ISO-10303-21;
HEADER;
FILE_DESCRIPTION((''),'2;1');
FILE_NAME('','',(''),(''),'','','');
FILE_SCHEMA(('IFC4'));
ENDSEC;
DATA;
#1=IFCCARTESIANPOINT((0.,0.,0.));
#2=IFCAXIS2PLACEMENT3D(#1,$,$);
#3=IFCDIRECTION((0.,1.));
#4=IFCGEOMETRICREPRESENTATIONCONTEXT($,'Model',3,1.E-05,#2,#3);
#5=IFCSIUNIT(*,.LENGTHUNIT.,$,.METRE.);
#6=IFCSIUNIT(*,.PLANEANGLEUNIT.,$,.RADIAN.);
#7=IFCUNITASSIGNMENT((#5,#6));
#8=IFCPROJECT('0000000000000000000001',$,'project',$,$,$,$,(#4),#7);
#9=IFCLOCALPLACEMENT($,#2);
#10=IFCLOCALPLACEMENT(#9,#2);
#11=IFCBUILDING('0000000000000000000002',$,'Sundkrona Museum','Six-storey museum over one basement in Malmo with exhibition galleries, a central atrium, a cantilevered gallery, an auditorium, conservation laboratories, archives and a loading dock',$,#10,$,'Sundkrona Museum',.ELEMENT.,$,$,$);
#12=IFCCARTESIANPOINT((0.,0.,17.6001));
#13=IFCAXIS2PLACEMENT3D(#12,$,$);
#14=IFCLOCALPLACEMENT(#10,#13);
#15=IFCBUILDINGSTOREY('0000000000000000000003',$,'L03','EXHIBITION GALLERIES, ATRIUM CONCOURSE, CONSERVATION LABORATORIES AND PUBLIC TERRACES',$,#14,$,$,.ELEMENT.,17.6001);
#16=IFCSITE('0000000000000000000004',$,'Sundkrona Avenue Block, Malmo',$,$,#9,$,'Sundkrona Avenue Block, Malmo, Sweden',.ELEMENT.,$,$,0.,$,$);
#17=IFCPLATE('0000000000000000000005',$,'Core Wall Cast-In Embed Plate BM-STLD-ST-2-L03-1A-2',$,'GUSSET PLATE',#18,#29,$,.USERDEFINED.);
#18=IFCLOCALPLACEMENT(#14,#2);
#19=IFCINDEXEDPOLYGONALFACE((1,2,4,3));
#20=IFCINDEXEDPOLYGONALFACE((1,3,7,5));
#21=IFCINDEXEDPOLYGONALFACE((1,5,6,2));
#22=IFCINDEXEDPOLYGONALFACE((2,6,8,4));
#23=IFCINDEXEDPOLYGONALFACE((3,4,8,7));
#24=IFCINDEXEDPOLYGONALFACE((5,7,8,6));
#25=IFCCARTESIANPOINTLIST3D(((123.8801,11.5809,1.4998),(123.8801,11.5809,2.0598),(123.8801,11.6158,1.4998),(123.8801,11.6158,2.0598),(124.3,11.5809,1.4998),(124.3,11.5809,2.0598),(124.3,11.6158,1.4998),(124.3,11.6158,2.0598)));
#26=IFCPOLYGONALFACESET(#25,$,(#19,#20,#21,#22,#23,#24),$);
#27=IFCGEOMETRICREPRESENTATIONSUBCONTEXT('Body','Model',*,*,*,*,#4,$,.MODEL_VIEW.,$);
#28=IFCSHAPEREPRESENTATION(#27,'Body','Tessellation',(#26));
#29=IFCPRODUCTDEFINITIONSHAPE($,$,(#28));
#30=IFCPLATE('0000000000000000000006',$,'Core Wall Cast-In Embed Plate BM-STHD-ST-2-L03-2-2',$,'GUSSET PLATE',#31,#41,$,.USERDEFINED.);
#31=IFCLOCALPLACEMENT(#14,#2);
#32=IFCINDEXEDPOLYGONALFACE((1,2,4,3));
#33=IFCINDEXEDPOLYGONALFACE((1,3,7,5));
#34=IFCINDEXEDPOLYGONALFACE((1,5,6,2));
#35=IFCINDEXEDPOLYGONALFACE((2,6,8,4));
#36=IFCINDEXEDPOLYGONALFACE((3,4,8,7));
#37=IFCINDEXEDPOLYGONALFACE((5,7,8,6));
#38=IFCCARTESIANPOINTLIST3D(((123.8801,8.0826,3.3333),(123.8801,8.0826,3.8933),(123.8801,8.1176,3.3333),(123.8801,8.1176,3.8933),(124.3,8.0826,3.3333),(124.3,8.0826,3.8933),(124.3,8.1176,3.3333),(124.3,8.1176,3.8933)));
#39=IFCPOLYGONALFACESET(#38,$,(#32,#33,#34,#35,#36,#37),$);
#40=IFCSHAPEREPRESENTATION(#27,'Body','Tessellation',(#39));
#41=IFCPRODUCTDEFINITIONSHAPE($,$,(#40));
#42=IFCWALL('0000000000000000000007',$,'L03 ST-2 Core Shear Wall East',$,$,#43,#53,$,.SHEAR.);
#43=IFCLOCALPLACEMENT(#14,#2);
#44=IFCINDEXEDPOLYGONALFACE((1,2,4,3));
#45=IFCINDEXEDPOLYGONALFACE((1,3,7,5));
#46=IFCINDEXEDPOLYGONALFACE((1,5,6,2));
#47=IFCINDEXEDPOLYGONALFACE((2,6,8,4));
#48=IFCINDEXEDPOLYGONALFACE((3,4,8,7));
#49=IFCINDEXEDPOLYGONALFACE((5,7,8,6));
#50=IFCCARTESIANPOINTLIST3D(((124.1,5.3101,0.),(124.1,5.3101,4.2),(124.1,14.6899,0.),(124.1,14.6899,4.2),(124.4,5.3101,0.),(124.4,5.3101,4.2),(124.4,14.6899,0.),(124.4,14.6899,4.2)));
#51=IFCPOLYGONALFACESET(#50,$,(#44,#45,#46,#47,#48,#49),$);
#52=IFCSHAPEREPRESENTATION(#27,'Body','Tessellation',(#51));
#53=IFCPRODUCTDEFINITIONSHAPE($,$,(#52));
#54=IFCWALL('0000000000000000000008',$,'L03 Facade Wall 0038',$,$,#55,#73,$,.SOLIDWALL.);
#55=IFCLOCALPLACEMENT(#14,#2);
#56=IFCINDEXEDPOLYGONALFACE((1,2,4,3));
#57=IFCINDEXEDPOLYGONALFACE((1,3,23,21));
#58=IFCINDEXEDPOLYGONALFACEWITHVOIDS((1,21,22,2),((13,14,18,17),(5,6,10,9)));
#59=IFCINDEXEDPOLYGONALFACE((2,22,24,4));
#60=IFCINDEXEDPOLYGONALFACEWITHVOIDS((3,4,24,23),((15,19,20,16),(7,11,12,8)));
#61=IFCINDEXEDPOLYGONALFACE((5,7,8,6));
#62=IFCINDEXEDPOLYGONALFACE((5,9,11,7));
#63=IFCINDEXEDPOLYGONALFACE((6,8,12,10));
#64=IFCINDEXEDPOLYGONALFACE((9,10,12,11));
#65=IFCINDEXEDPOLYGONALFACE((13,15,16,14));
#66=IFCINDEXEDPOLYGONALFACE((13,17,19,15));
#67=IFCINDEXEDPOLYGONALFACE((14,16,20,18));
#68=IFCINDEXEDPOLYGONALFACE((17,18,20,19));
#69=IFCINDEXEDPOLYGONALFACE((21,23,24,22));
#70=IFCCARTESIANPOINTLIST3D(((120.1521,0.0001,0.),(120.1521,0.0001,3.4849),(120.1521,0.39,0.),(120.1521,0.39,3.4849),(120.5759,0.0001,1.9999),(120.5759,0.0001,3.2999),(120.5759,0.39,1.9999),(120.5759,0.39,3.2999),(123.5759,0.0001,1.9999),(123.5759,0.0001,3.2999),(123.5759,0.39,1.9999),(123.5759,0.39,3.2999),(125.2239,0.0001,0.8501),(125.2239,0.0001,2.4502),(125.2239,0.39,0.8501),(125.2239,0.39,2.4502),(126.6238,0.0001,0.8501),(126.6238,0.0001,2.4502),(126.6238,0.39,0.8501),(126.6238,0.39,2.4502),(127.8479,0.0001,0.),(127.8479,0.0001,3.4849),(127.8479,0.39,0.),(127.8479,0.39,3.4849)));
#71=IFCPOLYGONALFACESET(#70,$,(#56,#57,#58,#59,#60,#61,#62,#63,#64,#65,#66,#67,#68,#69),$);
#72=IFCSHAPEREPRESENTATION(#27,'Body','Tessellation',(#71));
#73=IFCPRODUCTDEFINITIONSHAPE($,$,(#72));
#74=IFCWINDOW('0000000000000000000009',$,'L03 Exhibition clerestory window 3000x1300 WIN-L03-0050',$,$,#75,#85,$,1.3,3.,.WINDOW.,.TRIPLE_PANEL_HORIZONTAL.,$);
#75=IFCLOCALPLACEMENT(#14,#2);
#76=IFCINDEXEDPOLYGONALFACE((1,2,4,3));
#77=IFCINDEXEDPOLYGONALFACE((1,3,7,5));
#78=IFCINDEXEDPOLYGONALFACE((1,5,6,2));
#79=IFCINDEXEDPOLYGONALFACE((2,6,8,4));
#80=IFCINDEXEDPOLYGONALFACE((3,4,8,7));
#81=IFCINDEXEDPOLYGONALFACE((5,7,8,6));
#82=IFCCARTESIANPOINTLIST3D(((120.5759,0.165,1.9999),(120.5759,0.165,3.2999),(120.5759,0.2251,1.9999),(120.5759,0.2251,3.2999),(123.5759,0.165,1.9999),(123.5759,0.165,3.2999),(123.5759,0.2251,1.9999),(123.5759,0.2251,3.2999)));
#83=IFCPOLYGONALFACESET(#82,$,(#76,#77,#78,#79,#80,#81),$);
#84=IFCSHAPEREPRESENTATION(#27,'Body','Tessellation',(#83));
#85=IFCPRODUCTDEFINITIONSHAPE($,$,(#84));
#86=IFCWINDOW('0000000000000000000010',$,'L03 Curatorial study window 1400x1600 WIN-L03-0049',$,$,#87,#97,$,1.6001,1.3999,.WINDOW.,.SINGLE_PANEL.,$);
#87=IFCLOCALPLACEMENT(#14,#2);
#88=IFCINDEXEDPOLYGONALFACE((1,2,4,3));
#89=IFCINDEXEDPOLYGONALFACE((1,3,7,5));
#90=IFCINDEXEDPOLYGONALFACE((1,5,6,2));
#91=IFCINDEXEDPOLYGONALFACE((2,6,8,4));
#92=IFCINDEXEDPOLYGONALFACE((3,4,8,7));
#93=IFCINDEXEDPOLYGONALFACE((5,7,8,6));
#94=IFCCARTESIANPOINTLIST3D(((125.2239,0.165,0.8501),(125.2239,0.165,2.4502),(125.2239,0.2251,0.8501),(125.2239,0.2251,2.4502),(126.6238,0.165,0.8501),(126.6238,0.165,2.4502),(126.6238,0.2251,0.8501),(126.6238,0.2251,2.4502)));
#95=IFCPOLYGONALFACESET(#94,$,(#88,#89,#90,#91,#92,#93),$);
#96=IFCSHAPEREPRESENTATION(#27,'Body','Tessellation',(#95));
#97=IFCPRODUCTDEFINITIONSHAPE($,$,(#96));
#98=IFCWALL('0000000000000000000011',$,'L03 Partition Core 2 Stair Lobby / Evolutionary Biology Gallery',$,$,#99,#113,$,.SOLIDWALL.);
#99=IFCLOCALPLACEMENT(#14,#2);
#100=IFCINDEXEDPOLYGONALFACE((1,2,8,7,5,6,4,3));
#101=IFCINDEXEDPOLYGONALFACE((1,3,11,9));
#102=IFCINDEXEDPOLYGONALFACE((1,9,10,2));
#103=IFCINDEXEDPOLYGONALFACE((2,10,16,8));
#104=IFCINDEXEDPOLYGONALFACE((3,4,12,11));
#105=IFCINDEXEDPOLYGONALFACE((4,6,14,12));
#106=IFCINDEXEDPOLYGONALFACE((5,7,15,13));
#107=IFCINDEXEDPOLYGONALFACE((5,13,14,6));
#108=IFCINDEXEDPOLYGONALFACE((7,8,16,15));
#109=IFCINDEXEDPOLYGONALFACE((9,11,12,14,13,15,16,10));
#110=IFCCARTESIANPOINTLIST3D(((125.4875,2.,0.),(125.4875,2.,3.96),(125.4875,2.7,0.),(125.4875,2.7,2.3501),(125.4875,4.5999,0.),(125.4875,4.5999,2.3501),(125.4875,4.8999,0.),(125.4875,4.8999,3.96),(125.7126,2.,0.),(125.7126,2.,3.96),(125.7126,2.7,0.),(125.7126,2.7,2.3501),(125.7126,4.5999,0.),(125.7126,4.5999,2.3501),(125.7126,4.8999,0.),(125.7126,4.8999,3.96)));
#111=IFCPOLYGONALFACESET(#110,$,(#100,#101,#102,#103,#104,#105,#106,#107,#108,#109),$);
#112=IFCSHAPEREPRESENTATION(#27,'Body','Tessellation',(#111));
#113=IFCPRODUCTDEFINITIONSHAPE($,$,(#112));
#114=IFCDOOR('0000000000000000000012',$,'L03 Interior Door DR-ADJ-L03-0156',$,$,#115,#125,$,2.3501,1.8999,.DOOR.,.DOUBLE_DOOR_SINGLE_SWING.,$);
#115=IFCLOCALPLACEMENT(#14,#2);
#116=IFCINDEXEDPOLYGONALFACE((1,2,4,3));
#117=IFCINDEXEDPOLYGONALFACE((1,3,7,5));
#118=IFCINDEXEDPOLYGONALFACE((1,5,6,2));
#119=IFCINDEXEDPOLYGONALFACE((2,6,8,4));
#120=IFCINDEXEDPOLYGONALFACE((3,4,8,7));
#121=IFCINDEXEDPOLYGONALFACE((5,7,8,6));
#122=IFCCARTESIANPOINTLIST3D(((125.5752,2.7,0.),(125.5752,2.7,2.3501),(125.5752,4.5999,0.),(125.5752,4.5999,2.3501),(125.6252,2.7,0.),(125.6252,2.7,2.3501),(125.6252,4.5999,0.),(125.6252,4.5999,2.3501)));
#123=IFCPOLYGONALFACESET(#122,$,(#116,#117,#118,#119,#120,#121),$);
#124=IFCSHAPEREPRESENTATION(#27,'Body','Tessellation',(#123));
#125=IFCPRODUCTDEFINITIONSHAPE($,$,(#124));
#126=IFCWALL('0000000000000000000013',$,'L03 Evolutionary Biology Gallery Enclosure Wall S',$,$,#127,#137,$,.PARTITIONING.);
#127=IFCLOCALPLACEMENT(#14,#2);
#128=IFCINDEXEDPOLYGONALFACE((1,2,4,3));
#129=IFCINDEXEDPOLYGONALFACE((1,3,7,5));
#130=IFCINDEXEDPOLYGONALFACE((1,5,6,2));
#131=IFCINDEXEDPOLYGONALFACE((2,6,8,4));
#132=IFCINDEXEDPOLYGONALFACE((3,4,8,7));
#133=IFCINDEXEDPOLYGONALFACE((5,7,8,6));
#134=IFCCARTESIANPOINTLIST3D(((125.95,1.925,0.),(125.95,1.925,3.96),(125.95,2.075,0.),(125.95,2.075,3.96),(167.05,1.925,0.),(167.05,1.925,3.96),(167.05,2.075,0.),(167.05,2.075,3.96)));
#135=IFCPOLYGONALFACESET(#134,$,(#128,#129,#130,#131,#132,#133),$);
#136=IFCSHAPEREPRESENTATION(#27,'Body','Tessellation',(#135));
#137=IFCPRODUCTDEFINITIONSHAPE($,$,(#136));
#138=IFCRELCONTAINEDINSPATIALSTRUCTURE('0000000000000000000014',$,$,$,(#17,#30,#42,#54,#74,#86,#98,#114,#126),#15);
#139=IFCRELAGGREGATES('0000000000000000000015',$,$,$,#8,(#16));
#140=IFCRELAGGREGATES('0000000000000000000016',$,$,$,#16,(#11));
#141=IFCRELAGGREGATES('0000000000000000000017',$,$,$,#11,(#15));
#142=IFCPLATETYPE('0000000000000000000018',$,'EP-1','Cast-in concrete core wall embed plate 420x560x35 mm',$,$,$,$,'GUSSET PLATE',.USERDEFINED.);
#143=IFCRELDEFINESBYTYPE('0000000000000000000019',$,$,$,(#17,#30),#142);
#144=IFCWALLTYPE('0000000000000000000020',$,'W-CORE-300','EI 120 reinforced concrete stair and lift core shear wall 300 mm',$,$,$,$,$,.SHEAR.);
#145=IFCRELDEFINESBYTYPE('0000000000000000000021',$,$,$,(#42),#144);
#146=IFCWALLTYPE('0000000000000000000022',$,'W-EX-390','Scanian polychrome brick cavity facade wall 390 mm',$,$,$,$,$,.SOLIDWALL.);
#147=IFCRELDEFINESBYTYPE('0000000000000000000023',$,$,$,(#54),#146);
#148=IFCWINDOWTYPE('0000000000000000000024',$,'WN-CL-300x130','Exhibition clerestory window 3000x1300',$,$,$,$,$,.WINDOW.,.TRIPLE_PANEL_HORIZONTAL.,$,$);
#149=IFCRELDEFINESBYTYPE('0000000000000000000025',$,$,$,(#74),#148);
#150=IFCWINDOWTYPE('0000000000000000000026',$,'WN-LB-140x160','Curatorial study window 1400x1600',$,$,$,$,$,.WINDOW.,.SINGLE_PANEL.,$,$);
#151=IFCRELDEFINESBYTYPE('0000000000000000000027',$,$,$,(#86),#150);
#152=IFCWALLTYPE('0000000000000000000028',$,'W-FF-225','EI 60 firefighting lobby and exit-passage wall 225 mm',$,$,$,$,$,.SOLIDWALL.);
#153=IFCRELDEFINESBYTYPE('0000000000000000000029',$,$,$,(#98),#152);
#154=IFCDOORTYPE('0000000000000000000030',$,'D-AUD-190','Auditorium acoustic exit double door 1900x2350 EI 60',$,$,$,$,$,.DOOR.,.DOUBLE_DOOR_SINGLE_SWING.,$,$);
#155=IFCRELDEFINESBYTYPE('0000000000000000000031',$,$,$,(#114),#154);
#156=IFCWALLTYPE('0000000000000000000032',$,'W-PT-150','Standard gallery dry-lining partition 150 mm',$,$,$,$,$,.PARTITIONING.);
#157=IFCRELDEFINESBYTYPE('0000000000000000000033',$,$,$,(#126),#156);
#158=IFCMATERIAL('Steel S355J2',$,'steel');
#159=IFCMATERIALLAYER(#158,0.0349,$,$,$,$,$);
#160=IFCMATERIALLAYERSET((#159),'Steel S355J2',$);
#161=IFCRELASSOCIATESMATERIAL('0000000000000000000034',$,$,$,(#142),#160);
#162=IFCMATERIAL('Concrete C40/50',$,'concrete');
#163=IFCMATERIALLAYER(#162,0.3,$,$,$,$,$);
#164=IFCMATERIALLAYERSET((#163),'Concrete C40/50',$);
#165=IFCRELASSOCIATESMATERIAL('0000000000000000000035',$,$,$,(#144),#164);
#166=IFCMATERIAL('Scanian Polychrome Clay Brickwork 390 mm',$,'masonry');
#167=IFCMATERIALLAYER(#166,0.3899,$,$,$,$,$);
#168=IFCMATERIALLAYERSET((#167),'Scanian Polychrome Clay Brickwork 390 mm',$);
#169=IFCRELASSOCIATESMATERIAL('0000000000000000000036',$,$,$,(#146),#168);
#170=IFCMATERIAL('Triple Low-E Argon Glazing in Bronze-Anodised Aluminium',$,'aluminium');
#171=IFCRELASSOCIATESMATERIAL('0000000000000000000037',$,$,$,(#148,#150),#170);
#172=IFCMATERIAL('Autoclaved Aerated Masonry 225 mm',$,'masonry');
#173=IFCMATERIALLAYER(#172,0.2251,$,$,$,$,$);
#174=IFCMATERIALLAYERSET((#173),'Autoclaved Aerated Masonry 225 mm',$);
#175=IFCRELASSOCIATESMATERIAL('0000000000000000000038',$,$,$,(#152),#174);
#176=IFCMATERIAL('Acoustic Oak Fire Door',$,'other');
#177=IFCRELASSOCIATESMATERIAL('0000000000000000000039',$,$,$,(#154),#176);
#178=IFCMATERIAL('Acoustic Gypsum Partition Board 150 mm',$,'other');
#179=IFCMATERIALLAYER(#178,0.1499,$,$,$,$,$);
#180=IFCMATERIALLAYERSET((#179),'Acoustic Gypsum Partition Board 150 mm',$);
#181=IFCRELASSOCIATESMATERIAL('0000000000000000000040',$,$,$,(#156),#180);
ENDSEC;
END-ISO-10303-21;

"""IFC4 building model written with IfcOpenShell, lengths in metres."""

from ifc_helpers import new_model, si_unit, direction, frame, frame_2d, origin, origin_2d, place, context, subcontext, project, spatial, rectangle, extrude, material, layer, layer_set, type_object, element, fill, save


model = new_model("IFC4")

# Units and contexts
model_context = context("Model", 3, precision=1e-05, world=origin(), true_north=direction((0.0, 1.0)))
body_context = subcontext(model_context, "Body", "Model", "MODEL_VIEW")
ifc_project = project(units=[si_unit("LENGTHUNIT", "METRE"), si_unit("PLANEANGLEUNIT", "RADIAN")], contexts=[model_context])

# Site, building, storey
site_placement = place(None, origin())
site = spatial("IfcSite", under=ifc_project, at=site_placement, Name="Sundkrona Avenue Block, Malmo", LongName="Sundkrona Avenue Block, Malmo, Sweden", CompositionType="ELEMENT", RefElevation=0.0)
building_placement = place(site_placement, origin())
building = spatial("IfcBuilding", under=site, at=building_placement, Name="Sundkrona Museum", Description="Six-storey museum over one basement in Malmo with exhibition galleries, a central atrium, a cantilevered gallery, an auditorium, conservation laboratories, archives and a loading dock", LongName="Sundkrona Museum", CompositionType="ELEMENT")
storey_placement = place(building_placement, frame((0.0, 0.0, 17.6001)))
storey = spatial("IfcBuildingStorey", under=building, at=storey_placement, Name="L03", Description="EXHIBITION GALLERIES, ATRIUM CONCOURSE, CONSERVATION LABORATORIES AND PUBLIC TERRACES", CompositionType="ELEMENT", Elevation=17.6001)

# Shared definitions
ifc_material_1 = material(Name="Steel S355J2", Category="steel")

# Plates
ifc_layer_1 = layer(ifc_material_1, 0.0349)
ifc_layer_set_1 = layer_set([ifc_layer_1], Name="Steel S355J2")
plate_type = type_object("IfcPlateType", Name="EP-1", Description="Cast-in concrete core wall embed plate 420x560x35 mm", ElementType="GUSSET PLATE", PredefinedType="USERDEFINED", material=ifc_layer_set_1)
for number, where, z_axis, x_axis, name in (
    (1, (124.0901, 11.5984, 1.4998), (0.0, 0.0, 1.0), (1.0, 0.0, 0.0), "Core Wall Cast-In Embed Plate BM-STLD-ST-2-L03-1A-2"),
    (2, (124.0901, 8.1001, 3.3333), (0.0, 0.0, 1.0), (1.0, 0.0, 0.0), "Core Wall Cast-In Embed Plate BM-STHD-ST-2-L03-2-2"),
):
    element("IfcPlate", number, at=place(storey_placement, frame(where, z_axis=z_axis, x_axis=x_axis)), inside=storey, type_object=plate_type, Name=name, ObjectType="GUSSET PLATE", PredefinedType="USERDEFINED", context=body_context, shape_type="SweptSolid", body=[
        extrude(rectangle(XDim=0.4199, YDim=0.0349, at=origin_2d()), origin(), (0.0, 0.0, 1.0), 0.5601),
    ])

# Wall
ifc_material_2 = material(Name="Concrete C40/50", Category="concrete")
ifc_layer_2 = layer(ifc_material_2, 0.3)
ifc_layer_set_2 = layer_set([ifc_layer_2], Name="Concrete C40/50")
wall_type_1 = type_object("IfcWallType", Name="W-CORE-300", Description="EI 120 reinforced concrete stair and lift core shear wall 300 mm", PredefinedType="SHEAR", material=ifc_layer_set_2)
wall_1_placement = place(storey_placement, frame((124.25, 5.3101, 0.0), z_axis=(0.0, 0.0, 1.0), x_axis=(0.0, 1.0, 0.0)))
element("IfcWall", 3, at=wall_1_placement, inside=storey, type_object=wall_type_1, Name="L03 ST-2 Core Shear Wall East", PredefinedType="SHEAR", context=body_context, shape_type="SweptSolid", body=[
    extrude(rectangle(XDim=9.3799, YDim=0.3, at=frame_2d((4.6899, 0.0))), origin(), (0.0, 0.0, 1.0), 4.2),
])

# Wall, openings, windows
ifc_material_3 = material(Name="Scanian Polychrome Clay Brickwork 390 mm", Category="masonry")
ifc_layer_3 = layer(ifc_material_3, 0.3899)
ifc_layer_set_3 = layer_set([ifc_layer_3], Name="Scanian Polychrome Clay Brickwork 390 mm")
wall_type_2 = type_object("IfcWallType", Name="W-EX-390", Description="Scanian polychrome brick cavity facade wall 390 mm", PredefinedType="SOLIDWALL", material=ifc_layer_set_3)
wall_2_placement = place(storey_placement, frame((127.8479, 0.1951, 0.0), z_axis=(0.0, 0.0, 1.0), x_axis=(-1.0, 0.0, 0.0)))
wall_2 = element("IfcWall", 4, at=wall_2_placement, inside=storey, type_object=wall_type_2, Name="L03 Facade Wall 0038", PredefinedType="SOLIDWALL", context=body_context, shape_type="SweptSolid", body=[
    extrude(rectangle(XDim=7.6958, YDim=0.3899, at=frame_2d((3.8479, 0.0))), origin(), (0.0, 0.0, 1.0), 3.4849),
])
opening_1_placement = place(wall_2_placement, frame((1.2241, 0.0, 0.8501)))
opening_1 = element("IfcOpeningElement", 5, at=opening_1_placement, cuts=wall_2, PredefinedType="OPENING", context=body_context, shape_type="SweptSolid", body=[
    extrude(rectangle(XDim=1.3999, YDim=1.6001, at=frame_2d((0.7, 0.8))), frame((0.0, 0.2048, 0.0), z_axis=(0.0, -1.0, 0.0), x_axis=(1.0, 0.0, 0.0)), (0.0, 0.0, 1.0), 0.4099),
])
opening_2_placement = place(wall_2_placement, frame((4.272, 0.0, 2.0)))
opening_2 = element("IfcOpeningElement", 6, at=opening_2_placement, cuts=wall_2, PredefinedType="OPENING", context=body_context, shape_type="SweptSolid", body=[
    extrude(rectangle(XDim=3.0, YDim=1.3, at=frame_2d((1.5, 0.6499))), frame((0.0, 0.2048, 0.0), z_axis=(0.0, -1.0, 0.0), x_axis=(1.0, 0.0, 0.0)), (0.0, 0.0, 1.0), 0.4099),
])
ifc_material_4 = material(Name="Triple Low-E Argon Glazing in Bronze-Anodised Aluminium", Category="aluminium")
window_type_1 = type_object("IfcWindowType", Name="WN-CL-300x130", Description="Exhibition clerestory window 3000x1300", PartitioningType="TRIPLE_PANEL_HORIZONTAL", PredefinedType="WINDOW", material=ifc_material_4)
window_1_placement = place(opening_2_placement, origin())
window_1 = element("IfcWindow", 7, at=window_1_placement, inside=storey, type_object=window_type_1, Name="L03 Exhibition clerestory window 3000x1300 WIN-L03-0050", OverallHeight=1.3, OverallWidth=3.0, PartitioningType="TRIPLE_PANEL_HORIZONTAL", PredefinedType="WINDOW", context=body_context, shape_type="SweptSolid", body=[
    extrude(rectangle(XDim=3.0, YDim=1.3, at=frame_2d((1.5, 0.6499))), frame((0.0, 0.03, 0.0), z_axis=(0.0, -1.0, 0.0), x_axis=(1.0, 0.0, 0.0)), (0.0, 0.0, 1.0), 0.0601),
])
fill(opening_2, window_1)
window_type_2 = type_object("IfcWindowType", Name="WN-LB-140x160", Description="Curatorial study window 1400x1600", PartitioningType="SINGLE_PANEL", PredefinedType="WINDOW", material=ifc_material_4)
window_2_placement = place(opening_1_placement, origin())
window_2 = element("IfcWindow", 8, at=window_2_placement, inside=storey, type_object=window_type_2, Name="L03 Curatorial study window 1400x1600 WIN-L03-0049", OverallHeight=1.6001, OverallWidth=1.3999, PartitioningType="SINGLE_PANEL", PredefinedType="WINDOW", context=body_context, shape_type="SweptSolid", body=[
    extrude(rectangle(XDim=1.3999, YDim=1.6001, at=frame_2d((0.7, 0.8))), frame((0.0, 0.03, 0.0), z_axis=(0.0, -1.0, 0.0), x_axis=(1.0, 0.0, 0.0)), (0.0, 0.0, 1.0), 0.0601),
])
fill(opening_1, window_2)

# Wall, opening, door
ifc_material_5 = material(Name="Autoclaved Aerated Masonry 225 mm", Category="masonry")
ifc_layer_4 = layer(ifc_material_5, 0.2251)
ifc_layer_set_4 = layer_set([ifc_layer_4], Name="Autoclaved Aerated Masonry 225 mm")
wall_type_3 = type_object("IfcWallType", Name="W-FF-225", Description="EI 60 firefighting lobby and exit-passage wall 225 mm", PredefinedType="SOLIDWALL", material=ifc_layer_set_4)
wall_3_placement = place(storey_placement, frame((125.6001, 2.0, 0.0), z_axis=(0.0, 0.0, 1.0), x_axis=(0.0, 1.0, 0.0)))
wall_3 = element("IfcWall", 9, at=wall_3_placement, inside=storey, type_object=wall_type_3, Name="L03 Partition Core 2 Stair Lobby / Evolutionary Biology Gallery", PredefinedType="SOLIDWALL", context=body_context, shape_type="SweptSolid", body=[
    extrude(rectangle(XDim=2.8999, YDim=0.2251, at=frame_2d((1.45, 0.0))), origin(), (0.0, 0.0, 1.0), 3.96),
])
opening_3_placement = place(wall_3_placement, frame((0.7, 0.0, 0.0)))
opening_3 = element("IfcOpeningElement", 10, at=opening_3_placement, cuts=wall_3, PredefinedType="OPENING", context=body_context, shape_type="SweptSolid", body=[
    extrude(rectangle(XDim=1.8999, YDim=2.3501, at=frame_2d((0.95, 1.175))), frame((0.0, 0.1226, 0.0), z_axis=(0.0, -1.0, 0.0), x_axis=(1.0, 0.0, 0.0)), (0.0, 0.0, 1.0), 0.2451),
])
ifc_material_6 = material(Name="Acoustic Oak Fire Door", Category="other")
door_type = type_object("IfcDoorType", Name="D-AUD-190", Description="Auditorium acoustic exit double door 1900x2350 EI 60", OperationType="DOUBLE_DOOR_SINGLE_SWING", PredefinedType="DOOR", material=ifc_material_6)
door_placement = place(opening_3_placement, origin())
door = element("IfcDoor", 11, at=door_placement, inside=storey, type_object=door_type, Name="L03 Interior Door DR-ADJ-L03-0156", OperationType="DOUBLE_DOOR_SINGLE_SWING", OverallHeight=2.3501, OverallWidth=1.8999, PredefinedType="DOOR", context=body_context, shape_type="SweptSolid", body=[
    extrude(rectangle(XDim=1.8999, YDim=2.3501, at=frame_2d((0.95, 1.175))), frame((0.0, 0.0249, 0.0), z_axis=(0.0, -1.0, 0.0), x_axis=(1.0, 0.0, 0.0)), (0.0, 0.0, 1.0), 0.05),
])
fill(opening_3, door)

# Wall
ifc_material_7 = material(Name="Acoustic Gypsum Partition Board 150 mm", Category="other")
ifc_layer_5 = layer(ifc_material_7, 0.1499)
ifc_layer_set_5 = layer_set([ifc_layer_5], Name="Acoustic Gypsum Partition Board 150 mm")
wall_type_4 = type_object("IfcWallType", Name="W-PT-150", Description="Standard gallery dry-lining partition 150 mm", PredefinedType="PARTITIONING", material=ifc_layer_set_5)
wall_4_placement = place(storey_placement, frame((125.95, 2.0, 0.0), z_axis=(0.0, 0.0, 1.0), x_axis=(1.0, 0.0, 0.0)))
element("IfcWall", 12, at=wall_4_placement, inside=storey, type_object=wall_type_4, Name="L03 Evolutionary Biology Gallery Enclosure Wall S", PredefinedType="PARTITIONING", context=body_context, shape_type="SweptSolid", body=[
    extrude(rectangle(XDim=41.1001, YDim=0.1499, at=frame_2d((20.55, 0.0))), origin(), (0.0, 0.0, 1.0), 3.96),
])

save(model, "model.ifc")
